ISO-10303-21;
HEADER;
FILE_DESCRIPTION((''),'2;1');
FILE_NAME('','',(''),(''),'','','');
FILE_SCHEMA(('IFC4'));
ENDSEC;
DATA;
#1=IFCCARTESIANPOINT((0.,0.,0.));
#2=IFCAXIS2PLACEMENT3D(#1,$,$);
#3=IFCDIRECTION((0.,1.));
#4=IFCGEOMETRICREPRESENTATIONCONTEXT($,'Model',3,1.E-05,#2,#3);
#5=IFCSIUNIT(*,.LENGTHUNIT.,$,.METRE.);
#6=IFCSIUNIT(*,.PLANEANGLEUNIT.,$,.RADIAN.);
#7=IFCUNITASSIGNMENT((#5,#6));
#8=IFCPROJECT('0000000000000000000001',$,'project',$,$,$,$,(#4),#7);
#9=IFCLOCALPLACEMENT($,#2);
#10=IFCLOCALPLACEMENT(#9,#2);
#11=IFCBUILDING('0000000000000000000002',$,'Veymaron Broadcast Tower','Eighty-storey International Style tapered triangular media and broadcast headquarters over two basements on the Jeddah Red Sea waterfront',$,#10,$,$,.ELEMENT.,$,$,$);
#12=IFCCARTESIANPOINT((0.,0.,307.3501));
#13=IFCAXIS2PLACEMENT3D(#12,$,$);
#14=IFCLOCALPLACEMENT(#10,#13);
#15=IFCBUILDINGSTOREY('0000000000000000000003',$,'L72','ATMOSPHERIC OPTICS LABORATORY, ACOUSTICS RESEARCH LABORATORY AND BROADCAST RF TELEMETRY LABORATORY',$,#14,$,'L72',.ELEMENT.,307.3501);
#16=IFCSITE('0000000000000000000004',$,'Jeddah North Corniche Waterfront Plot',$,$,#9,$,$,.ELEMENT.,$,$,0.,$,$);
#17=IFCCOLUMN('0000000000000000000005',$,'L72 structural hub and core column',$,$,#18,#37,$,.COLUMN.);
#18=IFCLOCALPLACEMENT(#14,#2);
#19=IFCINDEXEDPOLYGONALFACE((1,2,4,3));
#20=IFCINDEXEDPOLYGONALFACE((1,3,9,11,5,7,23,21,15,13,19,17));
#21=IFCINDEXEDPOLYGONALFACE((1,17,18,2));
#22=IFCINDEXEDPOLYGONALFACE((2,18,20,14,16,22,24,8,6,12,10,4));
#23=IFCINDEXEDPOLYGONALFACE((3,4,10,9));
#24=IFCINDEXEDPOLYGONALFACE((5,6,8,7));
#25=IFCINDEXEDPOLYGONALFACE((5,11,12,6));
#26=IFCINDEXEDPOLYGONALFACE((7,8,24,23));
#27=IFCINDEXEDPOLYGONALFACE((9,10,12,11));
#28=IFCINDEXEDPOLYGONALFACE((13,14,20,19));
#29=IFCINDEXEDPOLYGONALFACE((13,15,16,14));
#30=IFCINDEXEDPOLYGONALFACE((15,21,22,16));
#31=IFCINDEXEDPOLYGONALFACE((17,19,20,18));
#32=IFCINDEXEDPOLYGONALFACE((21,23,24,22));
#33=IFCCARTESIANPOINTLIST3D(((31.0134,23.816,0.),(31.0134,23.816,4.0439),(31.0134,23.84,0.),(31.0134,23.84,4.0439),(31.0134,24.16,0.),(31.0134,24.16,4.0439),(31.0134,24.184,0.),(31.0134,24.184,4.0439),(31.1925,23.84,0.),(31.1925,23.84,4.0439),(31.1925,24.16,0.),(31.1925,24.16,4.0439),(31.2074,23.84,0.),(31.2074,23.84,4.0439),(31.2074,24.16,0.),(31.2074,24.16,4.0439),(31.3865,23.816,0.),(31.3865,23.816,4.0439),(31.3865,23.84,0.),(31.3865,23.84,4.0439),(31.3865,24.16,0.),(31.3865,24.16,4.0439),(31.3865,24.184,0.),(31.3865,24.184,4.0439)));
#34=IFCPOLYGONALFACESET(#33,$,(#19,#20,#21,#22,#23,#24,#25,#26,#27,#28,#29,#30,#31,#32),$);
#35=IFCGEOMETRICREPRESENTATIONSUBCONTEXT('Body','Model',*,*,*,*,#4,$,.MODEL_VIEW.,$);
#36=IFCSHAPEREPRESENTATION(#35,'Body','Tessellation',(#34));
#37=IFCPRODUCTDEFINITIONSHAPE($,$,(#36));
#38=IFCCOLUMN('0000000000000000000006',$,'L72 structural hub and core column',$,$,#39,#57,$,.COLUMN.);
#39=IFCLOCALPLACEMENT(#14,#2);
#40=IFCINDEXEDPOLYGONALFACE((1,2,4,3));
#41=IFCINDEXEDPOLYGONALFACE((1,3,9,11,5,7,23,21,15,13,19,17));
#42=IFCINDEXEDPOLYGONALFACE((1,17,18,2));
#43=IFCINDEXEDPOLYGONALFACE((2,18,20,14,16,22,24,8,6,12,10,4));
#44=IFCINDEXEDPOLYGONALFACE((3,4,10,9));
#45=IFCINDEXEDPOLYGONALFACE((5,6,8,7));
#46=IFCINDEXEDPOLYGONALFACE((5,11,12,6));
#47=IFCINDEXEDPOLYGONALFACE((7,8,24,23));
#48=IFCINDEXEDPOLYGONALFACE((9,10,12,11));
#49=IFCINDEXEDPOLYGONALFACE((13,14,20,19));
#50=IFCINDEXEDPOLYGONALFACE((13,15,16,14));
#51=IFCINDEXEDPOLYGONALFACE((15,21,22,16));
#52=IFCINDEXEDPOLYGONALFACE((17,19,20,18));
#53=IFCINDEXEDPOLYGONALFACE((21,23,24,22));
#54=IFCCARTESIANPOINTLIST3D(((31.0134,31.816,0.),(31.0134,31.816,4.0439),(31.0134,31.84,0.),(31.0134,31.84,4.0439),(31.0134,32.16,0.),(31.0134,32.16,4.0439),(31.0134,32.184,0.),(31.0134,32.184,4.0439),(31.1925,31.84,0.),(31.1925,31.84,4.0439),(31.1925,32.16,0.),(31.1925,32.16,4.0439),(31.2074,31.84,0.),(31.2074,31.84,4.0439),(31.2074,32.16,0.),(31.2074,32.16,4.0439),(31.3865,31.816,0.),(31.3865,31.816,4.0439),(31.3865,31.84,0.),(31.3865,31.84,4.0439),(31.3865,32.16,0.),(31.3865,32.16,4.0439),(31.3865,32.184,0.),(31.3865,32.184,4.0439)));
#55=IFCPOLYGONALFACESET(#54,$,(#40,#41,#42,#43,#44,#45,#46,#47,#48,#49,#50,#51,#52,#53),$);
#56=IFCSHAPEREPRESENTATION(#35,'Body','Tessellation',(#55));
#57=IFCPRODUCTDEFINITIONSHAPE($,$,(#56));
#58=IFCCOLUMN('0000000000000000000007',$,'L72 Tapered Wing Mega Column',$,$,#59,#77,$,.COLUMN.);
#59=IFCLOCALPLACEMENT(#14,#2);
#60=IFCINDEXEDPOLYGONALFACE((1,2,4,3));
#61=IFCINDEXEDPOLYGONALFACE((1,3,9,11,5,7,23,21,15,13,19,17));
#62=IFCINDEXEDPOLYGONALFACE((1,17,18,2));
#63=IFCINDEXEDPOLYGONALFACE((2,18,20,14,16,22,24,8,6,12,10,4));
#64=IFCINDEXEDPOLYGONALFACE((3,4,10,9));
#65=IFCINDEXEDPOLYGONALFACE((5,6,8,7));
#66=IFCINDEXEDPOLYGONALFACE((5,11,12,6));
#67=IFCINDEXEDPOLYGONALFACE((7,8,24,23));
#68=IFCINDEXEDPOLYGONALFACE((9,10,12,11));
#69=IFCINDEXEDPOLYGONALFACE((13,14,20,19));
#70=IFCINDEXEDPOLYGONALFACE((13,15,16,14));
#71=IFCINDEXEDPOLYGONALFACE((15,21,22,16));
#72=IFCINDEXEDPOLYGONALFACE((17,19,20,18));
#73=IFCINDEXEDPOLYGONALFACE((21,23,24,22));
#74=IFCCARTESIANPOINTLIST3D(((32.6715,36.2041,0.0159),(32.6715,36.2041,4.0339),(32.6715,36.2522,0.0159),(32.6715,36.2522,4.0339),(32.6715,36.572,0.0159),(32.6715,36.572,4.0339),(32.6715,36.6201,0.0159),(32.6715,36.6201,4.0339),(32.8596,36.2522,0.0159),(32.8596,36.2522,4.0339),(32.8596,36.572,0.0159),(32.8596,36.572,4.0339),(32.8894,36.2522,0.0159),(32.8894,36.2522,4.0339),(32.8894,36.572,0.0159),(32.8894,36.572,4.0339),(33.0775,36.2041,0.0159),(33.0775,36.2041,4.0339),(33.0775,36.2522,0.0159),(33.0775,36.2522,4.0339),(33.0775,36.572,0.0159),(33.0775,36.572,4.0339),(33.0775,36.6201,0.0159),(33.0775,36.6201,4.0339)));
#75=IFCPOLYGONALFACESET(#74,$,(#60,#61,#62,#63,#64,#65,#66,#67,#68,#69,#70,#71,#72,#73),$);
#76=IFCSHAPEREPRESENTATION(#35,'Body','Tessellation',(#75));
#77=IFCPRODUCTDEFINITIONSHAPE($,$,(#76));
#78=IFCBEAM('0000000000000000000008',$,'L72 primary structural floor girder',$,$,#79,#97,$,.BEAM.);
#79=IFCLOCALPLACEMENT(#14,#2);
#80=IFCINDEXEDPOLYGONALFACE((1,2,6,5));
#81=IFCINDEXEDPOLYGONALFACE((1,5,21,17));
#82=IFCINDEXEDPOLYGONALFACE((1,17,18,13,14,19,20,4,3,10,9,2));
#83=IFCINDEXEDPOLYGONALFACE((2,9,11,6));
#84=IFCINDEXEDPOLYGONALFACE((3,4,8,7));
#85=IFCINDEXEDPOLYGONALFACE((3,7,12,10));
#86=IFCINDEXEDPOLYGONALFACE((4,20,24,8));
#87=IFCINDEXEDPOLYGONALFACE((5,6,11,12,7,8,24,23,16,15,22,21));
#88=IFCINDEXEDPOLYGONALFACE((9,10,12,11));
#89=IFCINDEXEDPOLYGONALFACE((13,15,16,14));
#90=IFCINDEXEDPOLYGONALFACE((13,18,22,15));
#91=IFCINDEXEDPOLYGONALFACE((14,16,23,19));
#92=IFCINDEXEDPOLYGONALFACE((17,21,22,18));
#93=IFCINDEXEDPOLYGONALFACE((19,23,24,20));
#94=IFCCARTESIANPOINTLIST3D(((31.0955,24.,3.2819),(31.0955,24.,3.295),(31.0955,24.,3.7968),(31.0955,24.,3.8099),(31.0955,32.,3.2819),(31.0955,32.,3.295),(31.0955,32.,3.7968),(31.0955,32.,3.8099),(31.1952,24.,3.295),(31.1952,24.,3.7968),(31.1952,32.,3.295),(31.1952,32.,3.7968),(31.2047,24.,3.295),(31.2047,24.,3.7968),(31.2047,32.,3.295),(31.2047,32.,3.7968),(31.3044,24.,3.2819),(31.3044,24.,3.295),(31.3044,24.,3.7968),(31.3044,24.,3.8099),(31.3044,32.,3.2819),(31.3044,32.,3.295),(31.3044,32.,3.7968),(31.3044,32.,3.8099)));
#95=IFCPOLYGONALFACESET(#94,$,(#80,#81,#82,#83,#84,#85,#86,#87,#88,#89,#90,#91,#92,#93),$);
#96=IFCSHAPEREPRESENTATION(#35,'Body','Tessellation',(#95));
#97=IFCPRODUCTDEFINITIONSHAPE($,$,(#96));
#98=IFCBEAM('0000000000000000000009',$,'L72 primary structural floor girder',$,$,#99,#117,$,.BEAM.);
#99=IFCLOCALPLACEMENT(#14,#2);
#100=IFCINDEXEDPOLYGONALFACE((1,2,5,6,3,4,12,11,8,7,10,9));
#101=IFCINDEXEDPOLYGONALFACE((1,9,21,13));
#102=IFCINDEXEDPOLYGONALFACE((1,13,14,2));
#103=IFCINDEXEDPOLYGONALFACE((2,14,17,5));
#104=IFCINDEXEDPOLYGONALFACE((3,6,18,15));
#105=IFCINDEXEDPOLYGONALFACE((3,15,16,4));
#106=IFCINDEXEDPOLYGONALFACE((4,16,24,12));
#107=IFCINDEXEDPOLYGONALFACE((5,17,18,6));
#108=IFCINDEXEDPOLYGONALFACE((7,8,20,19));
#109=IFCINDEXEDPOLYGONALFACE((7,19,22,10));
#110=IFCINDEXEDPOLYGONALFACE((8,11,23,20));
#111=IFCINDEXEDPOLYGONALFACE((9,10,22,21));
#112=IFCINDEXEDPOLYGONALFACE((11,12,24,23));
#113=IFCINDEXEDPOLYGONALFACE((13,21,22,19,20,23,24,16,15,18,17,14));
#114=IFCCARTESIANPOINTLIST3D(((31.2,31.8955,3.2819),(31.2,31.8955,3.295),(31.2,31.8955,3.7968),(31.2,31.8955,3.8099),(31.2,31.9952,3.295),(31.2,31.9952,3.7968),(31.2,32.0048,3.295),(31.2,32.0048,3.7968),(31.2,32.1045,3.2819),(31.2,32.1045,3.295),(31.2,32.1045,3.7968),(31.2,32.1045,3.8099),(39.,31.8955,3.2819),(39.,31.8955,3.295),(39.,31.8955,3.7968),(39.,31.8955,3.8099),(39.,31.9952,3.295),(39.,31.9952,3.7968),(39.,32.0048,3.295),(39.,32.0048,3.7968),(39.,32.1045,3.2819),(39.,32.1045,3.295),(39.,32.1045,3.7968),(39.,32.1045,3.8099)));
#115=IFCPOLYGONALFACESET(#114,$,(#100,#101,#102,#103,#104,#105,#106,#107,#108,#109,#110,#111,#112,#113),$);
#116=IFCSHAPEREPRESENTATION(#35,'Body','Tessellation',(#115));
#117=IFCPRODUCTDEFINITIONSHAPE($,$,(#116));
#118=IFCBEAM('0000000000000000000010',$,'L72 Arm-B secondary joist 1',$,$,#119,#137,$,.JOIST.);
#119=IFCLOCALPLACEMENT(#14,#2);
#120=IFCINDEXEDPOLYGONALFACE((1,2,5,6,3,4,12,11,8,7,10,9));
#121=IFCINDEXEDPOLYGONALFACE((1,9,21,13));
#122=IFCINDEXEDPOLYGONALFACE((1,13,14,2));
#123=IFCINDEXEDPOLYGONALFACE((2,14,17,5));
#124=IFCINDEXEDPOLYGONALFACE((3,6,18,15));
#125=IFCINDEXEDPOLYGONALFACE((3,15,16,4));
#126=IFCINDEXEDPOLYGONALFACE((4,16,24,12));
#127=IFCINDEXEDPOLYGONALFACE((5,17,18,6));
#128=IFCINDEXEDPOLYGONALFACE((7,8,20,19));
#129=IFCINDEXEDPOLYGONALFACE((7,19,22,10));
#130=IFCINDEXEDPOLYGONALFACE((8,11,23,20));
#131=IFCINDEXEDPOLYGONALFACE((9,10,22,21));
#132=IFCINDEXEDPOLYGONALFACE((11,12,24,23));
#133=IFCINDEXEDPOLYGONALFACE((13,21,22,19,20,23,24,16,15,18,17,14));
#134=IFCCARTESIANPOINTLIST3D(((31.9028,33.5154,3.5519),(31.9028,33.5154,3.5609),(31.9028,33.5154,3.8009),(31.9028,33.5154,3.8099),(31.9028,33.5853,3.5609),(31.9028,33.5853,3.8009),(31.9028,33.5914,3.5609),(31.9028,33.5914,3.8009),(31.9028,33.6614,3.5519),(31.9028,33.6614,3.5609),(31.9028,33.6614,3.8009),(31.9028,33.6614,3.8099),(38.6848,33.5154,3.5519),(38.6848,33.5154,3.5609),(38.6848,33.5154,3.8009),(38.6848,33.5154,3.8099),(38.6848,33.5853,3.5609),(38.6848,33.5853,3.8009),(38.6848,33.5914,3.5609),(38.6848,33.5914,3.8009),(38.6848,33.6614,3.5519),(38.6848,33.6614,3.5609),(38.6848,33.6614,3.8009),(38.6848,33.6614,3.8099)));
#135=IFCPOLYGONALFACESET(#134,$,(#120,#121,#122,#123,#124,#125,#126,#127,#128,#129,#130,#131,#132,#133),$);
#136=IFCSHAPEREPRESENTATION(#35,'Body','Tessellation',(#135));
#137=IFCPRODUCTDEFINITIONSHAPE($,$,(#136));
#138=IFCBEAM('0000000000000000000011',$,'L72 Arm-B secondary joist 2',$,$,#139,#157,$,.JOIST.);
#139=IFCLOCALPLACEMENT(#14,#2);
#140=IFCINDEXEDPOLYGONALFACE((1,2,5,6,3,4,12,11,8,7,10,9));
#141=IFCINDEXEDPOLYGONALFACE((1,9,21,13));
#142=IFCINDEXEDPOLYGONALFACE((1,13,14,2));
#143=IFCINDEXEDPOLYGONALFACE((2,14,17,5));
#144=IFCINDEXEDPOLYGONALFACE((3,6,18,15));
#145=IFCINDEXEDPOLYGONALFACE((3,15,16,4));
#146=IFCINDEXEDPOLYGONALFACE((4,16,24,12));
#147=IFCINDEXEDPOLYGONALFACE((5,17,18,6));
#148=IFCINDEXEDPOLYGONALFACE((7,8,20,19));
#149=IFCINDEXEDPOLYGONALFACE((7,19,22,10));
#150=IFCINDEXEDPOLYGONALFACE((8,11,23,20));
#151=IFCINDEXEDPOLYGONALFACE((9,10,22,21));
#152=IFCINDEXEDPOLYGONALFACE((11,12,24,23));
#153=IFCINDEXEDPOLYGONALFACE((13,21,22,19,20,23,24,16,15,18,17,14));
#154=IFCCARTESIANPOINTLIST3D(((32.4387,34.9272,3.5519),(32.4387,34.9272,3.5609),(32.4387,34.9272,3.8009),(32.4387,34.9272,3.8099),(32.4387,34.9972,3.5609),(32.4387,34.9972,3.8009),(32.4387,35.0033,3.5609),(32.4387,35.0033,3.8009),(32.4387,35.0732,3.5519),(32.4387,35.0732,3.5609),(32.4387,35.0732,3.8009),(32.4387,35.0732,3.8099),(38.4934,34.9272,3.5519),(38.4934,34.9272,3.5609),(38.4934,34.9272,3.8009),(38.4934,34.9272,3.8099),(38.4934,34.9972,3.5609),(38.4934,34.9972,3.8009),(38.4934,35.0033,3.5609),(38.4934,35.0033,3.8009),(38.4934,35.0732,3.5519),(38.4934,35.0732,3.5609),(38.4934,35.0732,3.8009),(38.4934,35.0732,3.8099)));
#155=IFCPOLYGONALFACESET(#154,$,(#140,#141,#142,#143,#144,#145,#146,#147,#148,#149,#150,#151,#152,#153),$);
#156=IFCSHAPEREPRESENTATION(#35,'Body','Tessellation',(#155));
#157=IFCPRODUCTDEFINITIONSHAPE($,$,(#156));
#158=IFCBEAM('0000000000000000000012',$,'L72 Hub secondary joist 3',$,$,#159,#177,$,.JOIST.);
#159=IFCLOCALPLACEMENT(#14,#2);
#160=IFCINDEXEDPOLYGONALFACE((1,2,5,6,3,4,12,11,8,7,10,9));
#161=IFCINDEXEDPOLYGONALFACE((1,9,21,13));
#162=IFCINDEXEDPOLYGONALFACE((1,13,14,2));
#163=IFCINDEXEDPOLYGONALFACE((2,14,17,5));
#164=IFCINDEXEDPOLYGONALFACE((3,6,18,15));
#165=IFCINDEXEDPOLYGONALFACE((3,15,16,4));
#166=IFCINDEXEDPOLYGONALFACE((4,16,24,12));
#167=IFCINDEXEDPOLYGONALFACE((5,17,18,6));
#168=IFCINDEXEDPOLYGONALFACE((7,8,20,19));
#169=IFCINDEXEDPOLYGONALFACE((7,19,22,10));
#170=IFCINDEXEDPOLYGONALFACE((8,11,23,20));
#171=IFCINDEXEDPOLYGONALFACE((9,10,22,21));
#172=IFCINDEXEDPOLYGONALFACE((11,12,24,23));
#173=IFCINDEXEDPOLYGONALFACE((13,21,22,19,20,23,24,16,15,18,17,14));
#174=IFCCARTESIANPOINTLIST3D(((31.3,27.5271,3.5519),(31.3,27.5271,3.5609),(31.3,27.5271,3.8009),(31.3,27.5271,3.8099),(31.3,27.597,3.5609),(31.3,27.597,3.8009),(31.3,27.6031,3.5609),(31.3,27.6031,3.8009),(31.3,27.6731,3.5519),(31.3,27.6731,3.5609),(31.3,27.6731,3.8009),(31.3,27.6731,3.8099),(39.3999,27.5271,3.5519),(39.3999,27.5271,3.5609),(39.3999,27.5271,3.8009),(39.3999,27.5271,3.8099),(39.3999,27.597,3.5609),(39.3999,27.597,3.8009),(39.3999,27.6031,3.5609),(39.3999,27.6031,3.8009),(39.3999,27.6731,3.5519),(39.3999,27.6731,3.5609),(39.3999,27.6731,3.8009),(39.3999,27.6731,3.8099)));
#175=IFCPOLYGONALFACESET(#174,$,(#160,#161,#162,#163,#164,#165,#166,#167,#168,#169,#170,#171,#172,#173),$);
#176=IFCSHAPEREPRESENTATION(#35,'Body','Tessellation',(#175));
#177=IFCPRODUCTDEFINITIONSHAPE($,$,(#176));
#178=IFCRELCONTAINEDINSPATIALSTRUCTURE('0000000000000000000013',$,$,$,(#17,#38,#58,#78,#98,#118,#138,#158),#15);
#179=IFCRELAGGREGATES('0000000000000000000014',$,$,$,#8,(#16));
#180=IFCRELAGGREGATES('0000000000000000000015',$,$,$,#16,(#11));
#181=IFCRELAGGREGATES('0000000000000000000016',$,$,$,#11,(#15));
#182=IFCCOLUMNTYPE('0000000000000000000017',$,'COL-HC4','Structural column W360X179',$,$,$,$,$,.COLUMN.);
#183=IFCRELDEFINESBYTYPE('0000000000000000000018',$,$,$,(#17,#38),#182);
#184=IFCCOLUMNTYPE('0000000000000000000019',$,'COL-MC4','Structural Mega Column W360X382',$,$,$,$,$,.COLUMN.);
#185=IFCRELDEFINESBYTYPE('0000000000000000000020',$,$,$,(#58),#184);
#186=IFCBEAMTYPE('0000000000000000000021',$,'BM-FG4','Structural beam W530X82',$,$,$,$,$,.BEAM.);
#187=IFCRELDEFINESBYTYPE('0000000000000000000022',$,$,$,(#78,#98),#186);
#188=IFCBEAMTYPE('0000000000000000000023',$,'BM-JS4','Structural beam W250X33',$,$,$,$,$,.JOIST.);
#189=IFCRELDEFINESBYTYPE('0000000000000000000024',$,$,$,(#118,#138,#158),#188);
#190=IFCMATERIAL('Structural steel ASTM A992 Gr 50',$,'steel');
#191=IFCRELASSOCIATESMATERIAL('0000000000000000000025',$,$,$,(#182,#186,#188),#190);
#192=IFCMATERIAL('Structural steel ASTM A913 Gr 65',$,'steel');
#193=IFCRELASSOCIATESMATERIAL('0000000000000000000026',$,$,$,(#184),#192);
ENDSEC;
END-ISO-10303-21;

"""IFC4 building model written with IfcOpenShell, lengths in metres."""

from ifc_helpers import new_model, si_unit, direction, frame, origin, origin_2d, place, context, subcontext, project, spatial, i_section, extrude, material, material_profile, profile_set, type_object, element, save


model = new_model("IFC4")

# Units and contexts
model_context = context("Model", 3, precision=1e-05, world=origin(), true_north=direction((0.0, 1.0)))
body_context = subcontext(model_context, "Body", "Model", "MODEL_VIEW")
ifc_project = project(units=[si_unit("LENGTHUNIT", "METRE"), si_unit("PLANEANGLEUNIT", "RADIAN")], contexts=[model_context])

# Site, building, storey
site_placement = place(None, origin())
site = spatial("IfcSite", under=ifc_project, at=site_placement, Name="Jeddah North Corniche Waterfront Plot", CompositionType="ELEMENT", RefElevation=0.0)
building_placement = place(site_placement, origin())
building = spatial("IfcBuilding", under=site, at=building_placement, Name="Veymaron Broadcast Tower", Description="Eighty-storey International Style tapered triangular media and broadcast headquarters over two basements on the Jeddah Red Sea waterfront", CompositionType="ELEMENT")
storey_placement = place(building_placement, frame((0.0, 0.0, 307.3501)))
storey = spatial("IfcBuildingStorey", under=building, at=storey_placement, Name="L72", Description="ATMOSPHERIC OPTICS LABORATORY, ACOUSTICS RESEARCH LABORATORY AND BROADCAST RF TELEMETRY LABORATORY", LongName="L72", CompositionType="ELEMENT", Elevation=307.3501)

# Columns
ifc_material_1 = material(Name="Structural steel ASTM A992 Gr 50", Category="steel")
ifc_material_profile_1 = material_profile(ifc_material_1, i_section(OverallWidth=0.373, OverallDepth=0.3679, WebThickness=0.0149, FlangeThickness=0.0239, at=origin_2d()), Name="W360X179")
ifc_profile_set_1 = profile_set([ifc_material_profile_1], Name="Structural steel ASTM A992 Gr 50")
column_type_1 = type_object("IfcColumnType", Name="COL-HC4", Description="Structural column W360X179", PredefinedType="COLUMN", material=ifc_profile_set_1)
for number, where, z_axis, x_axis, name in (
    (1, (31.2, 24.0, 0.0), (0.0, 0.0, 1.0), (1.0, 0.0, 0.0), "L72 structural hub and core column"),
    (2, (31.2, 32.0, 0.0), (0.0, 0.0, 1.0), (1.0, 0.0, 0.0), "L72 structural hub and core column"),
):
    element("IfcColumn", number, at=place(storey_placement, frame(where, z_axis=z_axis, x_axis=x_axis)), inside=storey, type_object=column_type_1, Name=name, PredefinedType="COLUMN", context=body_context, shape_type="SweptSolid", body=[
        extrude(i_section(OverallWidth=0.373, OverallDepth=0.3679, WebThickness=0.0149, FlangeThickness=0.0239, at=origin_2d()), origin(), (0.0, 0.0, 1.0), 4.0439),
    ])
ifc_material_2 = material(Name="Structural steel ASTM A913 Gr 65", Category="steel")
ifc_material_profile_2 = material_profile(ifc_material_2, i_section(OverallWidth=0.406, OverallDepth=0.416, WebThickness=0.0298, FlangeThickness=0.0481, at=origin_2d()), Name="W360X382")
ifc_profile_set_2 = profile_set([ifc_material_profile_2], Name="Structural steel ASTM A913 Gr 65")
column_type_2 = type_object("IfcColumnType", Name="COL-MC4", Description="Structural Mega Column W360X382", PredefinedType="COLUMN", material=ifc_profile_set_2)
column_placement = place(storey_placement, frame((32.8745, 36.4121, 0.0159), z_axis=(0.0, 0.0, 1.0), x_axis=(1.0, 0.0, 0.0)))
element("IfcColumn", 3, at=column_placement, inside=storey, type_object=column_type_2, Name="L72 Tapered Wing Mega Column", PredefinedType="COLUMN", context=body_context, shape_type="SweptSolid", body=[
    extrude(i_section(OverallWidth=0.406, OverallDepth=0.416, WebThickness=0.0298, FlangeThickness=0.0481, at=origin_2d()), origin(), (0.0, 0.0, 1.0), 4.0181),
])

# Beams
ifc_material_profile_3 = material_profile(ifc_material_1, i_section(OverallWidth=0.209, OverallDepth=0.5281, WebThickness=0.0095, FlangeThickness=0.0132, at=origin_2d()), Name="W530X82")
ifc_profile_set_3 = profile_set([ifc_material_profile_3], Name="Structural steel ASTM A992 Gr 50")
beam_type_1 = type_object("IfcBeamType", Name="BM-FG4", Description="Structural beam W530X82", PredefinedType="BEAM", material=ifc_profile_set_3)
beam_1_placement = place(storey_placement, frame((31.2, 24.0, 3.5459), z_axis=(0.0, 1.0, 0.0), x_axis=(-1.0, 0.0, 0.0)))
element("IfcBeam", 4, at=beam_1_placement, inside=storey, type_object=beam_type_1, Name="L72 primary structural floor girder", PredefinedType="BEAM", context=body_context, shape_type="SweptSolid", body=[
    extrude(i_section(OverallWidth=0.209, OverallDepth=0.5281, WebThickness=0.0095, FlangeThickness=0.0132, at=origin_2d()), origin(), (0.0, 0.0, 1.0), 8.0),
])
beam_2_placement = place(storey_placement, frame((31.2, 32.0, 3.5459), z_axis=(1.0, 0.0, 0.0), x_axis=(0.0, 1.0, 0.0)))
element("IfcBeam", 5, at=beam_2_placement, inside=storey, type_object=beam_type_1, Name="L72 primary structural floor girder", PredefinedType="BEAM", context=body_context, shape_type="SweptSolid", body=[
    extrude(i_section(OverallWidth=0.209, OverallDepth=0.5281, WebThickness=0.0095, FlangeThickness=0.0132, at=origin_2d()), origin(), (0.0, 0.0, 1.0), 7.8),
])
ifc_material_profile_4 = material_profile(ifc_material_1, i_section(OverallWidth=0.146, OverallDepth=0.2581, WebThickness=0.0061, FlangeThickness=0.009, at=origin_2d()), Name="W250X33")
ifc_profile_set_4 = profile_set([ifc_material_profile_4], Name="Structural steel ASTM A992 Gr 50")
beam_type_2 = type_object("IfcBeamType", Name="BM-JS4", Description="Structural beam W250X33", PredefinedType="JOIST", material=ifc_profile_set_4)
beam_3_placement = place(storey_placement, frame((31.9028, 33.5884, 3.6809), z_axis=(1.0, 0.0, 0.0), x_axis=(0.0, 1.0, 0.0)))
element("IfcBeam", 6, at=beam_3_placement, inside=storey, type_object=beam_type_2, Name="L72 Arm-B secondary joist 1", PredefinedType="JOIST", context=body_context, shape_type="SweptSolid", body=[
    extrude(i_section(OverallWidth=0.146, OverallDepth=0.2581, WebThickness=0.0061, FlangeThickness=0.009, at=origin_2d()), origin(), (0.0, 0.0, 1.0), 6.782),
])
beam_4_placement = place(storey_placement, frame((32.4387, 35.0002, 3.6809), z_axis=(1.0, 0.0, 0.0), x_axis=(0.0, 1.0, 0.0)))
element("IfcBeam", 7, at=beam_4_placement, inside=storey, type_object=beam_type_2, Name="L72 Arm-B secondary joist 2", PredefinedType="JOIST", context=body_context, shape_type="SweptSolid", body=[
    extrude(i_section(OverallWidth=0.146, OverallDepth=0.2581, WebThickness=0.0061, FlangeThickness=0.009, at=origin_2d()), origin(), (0.0, 0.0, 1.0), 6.0547),
])
for number, where, z_axis, x_axis, name in (
    (8, (31.3, 27.6001, 3.6809), (1.0, 0.0, 0.0), (0.0, 1.0, 0.0), "L72 Hub secondary joist 3"),
):
    element("IfcBeam", number, at=place(storey_placement, frame(where, z_axis=z_axis, x_axis=x_axis)), inside=storey, type_object=beam_type_2, Name=name, PredefinedType="JOIST", context=body_context, shape_type="SweptSolid", body=[
        extrude(i_section(OverallWidth=0.146, OverallDepth=0.2581, WebThickness=0.0061, FlangeThickness=0.009, at=origin_2d()), origin(), (0.0, 0.0, 1.0), 8.0999),
    ])

save(model, "model.ifc")
